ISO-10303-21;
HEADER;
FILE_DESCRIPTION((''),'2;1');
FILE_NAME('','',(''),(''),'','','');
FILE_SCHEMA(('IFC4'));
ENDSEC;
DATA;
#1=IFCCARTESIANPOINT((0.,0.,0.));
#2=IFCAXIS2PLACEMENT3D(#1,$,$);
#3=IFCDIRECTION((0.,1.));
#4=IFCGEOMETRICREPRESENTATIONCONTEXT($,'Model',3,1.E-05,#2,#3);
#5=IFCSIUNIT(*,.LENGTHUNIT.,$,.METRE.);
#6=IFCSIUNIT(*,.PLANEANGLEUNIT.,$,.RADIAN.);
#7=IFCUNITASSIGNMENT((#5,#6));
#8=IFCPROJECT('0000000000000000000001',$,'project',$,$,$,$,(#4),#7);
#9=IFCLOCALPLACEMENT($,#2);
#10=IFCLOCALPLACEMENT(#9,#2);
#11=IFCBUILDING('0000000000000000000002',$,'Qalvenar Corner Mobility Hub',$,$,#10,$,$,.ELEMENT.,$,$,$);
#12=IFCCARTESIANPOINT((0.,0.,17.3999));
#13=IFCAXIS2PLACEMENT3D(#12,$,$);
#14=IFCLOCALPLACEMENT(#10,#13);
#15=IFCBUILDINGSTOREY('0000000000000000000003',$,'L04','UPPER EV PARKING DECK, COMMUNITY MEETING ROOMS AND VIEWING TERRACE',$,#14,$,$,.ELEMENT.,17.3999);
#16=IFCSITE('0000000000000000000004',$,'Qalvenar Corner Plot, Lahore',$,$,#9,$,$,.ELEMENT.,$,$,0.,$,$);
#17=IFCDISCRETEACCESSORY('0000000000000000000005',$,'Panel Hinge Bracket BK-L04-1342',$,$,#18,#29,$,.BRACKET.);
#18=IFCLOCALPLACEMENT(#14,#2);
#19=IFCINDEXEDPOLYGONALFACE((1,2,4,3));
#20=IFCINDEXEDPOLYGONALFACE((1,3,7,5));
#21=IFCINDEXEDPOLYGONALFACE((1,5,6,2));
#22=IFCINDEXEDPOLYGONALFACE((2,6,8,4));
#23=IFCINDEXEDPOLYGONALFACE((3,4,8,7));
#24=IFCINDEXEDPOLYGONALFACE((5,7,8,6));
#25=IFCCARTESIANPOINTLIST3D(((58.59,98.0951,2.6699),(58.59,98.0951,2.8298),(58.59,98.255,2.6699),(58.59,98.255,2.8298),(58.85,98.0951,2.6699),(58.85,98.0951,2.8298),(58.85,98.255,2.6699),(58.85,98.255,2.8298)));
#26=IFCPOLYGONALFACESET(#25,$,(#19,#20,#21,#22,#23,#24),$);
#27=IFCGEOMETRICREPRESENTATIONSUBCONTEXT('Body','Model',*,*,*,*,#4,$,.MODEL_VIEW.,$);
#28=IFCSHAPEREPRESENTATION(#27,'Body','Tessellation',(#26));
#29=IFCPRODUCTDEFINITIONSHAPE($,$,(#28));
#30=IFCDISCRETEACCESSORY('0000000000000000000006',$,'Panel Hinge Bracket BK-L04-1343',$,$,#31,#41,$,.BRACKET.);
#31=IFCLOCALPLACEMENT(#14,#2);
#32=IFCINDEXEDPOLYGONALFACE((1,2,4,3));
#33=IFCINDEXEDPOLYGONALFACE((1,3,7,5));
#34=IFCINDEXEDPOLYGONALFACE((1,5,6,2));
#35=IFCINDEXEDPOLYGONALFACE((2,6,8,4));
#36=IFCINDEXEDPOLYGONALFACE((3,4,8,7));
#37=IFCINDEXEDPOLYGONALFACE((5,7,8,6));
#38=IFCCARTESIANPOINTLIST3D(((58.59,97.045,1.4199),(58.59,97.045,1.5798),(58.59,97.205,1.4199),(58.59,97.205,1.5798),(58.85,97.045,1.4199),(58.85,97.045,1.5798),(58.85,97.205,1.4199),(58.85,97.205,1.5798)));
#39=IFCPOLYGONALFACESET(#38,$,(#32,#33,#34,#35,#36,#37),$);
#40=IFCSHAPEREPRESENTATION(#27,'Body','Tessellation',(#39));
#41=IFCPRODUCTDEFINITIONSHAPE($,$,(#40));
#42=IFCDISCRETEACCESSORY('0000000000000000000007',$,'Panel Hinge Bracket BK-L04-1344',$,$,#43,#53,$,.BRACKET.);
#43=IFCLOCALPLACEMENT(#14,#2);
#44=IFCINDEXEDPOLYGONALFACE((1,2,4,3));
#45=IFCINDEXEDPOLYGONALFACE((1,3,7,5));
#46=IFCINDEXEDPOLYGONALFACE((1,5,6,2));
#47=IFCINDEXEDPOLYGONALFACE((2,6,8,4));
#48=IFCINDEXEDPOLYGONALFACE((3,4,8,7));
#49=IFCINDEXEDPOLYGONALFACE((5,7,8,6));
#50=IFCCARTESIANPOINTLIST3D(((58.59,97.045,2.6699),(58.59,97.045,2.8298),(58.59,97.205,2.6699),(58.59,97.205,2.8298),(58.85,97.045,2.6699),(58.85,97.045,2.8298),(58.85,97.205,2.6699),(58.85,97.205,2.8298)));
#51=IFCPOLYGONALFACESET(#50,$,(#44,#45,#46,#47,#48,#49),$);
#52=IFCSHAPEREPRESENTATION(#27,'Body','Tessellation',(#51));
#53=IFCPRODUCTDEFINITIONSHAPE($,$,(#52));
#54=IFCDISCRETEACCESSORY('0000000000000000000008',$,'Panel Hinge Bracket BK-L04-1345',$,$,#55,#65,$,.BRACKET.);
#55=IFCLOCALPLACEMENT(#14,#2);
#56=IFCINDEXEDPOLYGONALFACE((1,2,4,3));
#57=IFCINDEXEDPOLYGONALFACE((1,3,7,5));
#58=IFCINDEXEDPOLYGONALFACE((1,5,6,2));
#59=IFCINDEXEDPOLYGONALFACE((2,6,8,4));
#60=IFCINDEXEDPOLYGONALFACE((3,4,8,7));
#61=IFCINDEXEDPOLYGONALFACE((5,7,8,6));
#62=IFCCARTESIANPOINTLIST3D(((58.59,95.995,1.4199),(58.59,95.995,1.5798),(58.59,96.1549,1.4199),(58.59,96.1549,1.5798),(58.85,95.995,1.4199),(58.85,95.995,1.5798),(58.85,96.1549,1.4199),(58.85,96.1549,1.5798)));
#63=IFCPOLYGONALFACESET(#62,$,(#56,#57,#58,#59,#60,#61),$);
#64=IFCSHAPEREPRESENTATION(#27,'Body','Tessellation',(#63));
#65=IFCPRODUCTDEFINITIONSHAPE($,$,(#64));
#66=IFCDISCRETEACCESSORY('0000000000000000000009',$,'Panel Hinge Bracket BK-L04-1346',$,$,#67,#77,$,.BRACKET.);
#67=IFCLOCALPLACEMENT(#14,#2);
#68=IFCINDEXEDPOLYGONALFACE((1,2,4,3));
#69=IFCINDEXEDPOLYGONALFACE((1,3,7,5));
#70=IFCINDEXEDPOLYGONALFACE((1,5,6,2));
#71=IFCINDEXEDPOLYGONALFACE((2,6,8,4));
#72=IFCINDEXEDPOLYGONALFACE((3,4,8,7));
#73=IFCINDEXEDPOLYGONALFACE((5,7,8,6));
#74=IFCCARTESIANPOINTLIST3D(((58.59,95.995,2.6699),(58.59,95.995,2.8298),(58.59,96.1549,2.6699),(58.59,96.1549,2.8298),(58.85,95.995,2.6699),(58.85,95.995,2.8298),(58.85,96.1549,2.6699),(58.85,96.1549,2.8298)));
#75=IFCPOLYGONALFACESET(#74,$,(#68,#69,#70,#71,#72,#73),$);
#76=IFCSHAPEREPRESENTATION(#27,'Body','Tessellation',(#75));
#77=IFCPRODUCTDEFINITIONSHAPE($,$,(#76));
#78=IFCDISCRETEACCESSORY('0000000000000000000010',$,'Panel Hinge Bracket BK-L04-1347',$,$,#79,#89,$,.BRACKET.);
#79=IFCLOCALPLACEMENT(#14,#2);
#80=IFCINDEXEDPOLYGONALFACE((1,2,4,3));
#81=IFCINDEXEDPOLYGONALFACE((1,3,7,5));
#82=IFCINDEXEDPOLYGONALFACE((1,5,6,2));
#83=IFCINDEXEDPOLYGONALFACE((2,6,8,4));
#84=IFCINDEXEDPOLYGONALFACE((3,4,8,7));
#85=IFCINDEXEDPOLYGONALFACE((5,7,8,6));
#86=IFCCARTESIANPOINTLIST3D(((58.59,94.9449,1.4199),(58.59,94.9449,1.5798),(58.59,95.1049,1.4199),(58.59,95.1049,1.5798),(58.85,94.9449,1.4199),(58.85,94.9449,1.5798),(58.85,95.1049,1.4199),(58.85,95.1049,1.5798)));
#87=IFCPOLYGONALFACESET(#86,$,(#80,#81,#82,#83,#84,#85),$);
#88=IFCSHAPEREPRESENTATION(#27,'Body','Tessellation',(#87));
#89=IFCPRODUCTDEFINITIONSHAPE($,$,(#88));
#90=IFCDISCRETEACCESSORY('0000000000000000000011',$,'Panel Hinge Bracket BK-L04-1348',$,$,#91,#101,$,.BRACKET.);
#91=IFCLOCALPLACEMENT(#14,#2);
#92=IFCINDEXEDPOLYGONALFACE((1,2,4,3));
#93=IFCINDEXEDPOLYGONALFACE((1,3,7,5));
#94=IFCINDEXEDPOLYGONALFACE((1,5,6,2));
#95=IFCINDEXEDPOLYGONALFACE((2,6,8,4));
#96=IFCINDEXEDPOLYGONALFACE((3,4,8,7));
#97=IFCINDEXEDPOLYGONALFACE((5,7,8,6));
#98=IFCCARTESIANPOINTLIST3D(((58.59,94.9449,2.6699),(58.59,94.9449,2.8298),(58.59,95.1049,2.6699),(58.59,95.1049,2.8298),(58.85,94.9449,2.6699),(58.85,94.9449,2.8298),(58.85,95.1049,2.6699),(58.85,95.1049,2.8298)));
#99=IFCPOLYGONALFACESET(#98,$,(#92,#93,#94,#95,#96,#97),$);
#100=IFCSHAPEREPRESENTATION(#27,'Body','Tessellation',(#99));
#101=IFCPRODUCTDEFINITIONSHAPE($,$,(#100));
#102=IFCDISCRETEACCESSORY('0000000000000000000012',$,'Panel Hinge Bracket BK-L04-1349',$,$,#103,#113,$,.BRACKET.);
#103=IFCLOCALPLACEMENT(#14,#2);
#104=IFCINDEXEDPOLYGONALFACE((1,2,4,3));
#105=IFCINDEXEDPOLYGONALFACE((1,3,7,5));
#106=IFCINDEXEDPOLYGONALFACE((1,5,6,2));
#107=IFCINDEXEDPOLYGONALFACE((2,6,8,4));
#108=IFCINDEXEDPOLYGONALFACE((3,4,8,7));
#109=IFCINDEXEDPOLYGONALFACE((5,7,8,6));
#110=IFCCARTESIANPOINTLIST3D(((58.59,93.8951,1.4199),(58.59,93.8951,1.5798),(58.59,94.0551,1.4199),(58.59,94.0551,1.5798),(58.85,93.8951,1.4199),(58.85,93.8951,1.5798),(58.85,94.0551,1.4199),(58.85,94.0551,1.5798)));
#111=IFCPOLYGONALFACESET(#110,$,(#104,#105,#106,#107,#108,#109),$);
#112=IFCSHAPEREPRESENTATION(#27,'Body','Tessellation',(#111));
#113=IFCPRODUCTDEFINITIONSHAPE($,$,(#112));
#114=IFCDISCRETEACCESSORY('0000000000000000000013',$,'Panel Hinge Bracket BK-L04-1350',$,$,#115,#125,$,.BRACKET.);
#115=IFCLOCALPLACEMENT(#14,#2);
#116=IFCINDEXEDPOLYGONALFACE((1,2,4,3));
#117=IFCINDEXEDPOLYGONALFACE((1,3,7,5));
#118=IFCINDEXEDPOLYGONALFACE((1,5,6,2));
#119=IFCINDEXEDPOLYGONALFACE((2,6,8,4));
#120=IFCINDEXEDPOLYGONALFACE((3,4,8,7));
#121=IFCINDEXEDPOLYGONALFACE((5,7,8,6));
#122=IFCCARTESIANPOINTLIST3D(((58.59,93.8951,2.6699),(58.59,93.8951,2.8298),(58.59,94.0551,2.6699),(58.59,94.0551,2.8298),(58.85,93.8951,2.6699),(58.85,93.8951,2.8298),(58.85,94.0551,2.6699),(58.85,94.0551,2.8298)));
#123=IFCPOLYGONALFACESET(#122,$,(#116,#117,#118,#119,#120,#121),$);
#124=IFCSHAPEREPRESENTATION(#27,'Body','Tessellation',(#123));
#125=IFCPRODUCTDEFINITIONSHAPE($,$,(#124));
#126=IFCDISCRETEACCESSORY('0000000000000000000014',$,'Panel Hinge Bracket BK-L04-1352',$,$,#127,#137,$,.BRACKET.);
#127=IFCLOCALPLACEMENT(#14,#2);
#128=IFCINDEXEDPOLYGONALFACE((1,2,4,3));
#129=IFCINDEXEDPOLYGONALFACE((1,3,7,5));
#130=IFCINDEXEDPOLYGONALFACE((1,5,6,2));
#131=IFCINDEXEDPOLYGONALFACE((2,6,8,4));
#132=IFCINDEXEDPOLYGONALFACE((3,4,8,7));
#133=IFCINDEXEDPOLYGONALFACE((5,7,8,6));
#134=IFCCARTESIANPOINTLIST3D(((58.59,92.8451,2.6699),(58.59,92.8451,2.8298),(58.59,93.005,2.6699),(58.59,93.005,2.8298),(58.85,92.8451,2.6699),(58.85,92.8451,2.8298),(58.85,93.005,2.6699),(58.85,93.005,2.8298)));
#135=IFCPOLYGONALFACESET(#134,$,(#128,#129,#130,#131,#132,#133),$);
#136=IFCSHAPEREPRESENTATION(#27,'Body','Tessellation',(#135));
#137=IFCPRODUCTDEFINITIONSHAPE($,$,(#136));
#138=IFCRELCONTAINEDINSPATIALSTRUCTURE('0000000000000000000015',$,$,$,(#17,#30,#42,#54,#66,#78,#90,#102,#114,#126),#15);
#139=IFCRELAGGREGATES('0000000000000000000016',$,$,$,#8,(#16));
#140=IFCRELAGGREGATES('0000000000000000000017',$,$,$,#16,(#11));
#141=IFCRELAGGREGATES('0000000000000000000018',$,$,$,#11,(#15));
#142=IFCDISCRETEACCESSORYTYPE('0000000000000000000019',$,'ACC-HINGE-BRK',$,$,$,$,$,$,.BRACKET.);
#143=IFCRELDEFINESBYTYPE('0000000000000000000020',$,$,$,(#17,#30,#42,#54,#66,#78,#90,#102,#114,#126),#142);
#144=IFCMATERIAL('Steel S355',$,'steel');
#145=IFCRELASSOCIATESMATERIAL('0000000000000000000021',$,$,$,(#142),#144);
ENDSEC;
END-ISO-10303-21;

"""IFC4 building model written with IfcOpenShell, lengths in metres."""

from ifc_helpers import new_model, si_unit, direction, frame, origin, origin_2d, place, context, subcontext, project, spatial, rectangle, extrude, material, type_object, element, save


model = new_model("IFC4")

# Units and contexts
model_context = context("Model", 3, precision=1e-05, world=origin(), true_north=direction((0.0, 1.0)))
body_context = subcontext(model_context, "Body", "Model", "MODEL_VIEW")
ifc_project = project(units=[si_unit("LENGTHUNIT", "METRE"), si_unit("PLANEANGLEUNIT", "RADIAN")], contexts=[model_context])

# Site, building, storey
site_placement = place(None, origin())
site = spatial("IfcSite", under=ifc_project, at=site_placement, Name="Qalvenar Corner Plot, Lahore", CompositionType="ELEMENT", RefElevation=0.0)
building_placement = place(site_placement, origin())
building = spatial("IfcBuilding", under=site, at=building_placement, Name="Qalvenar Corner Mobility Hub", CompositionType="ELEMENT")
storey_placement = place(building_placement, frame((0.0, 0.0, 17.3999)))
storey = spatial("IfcBuildingStorey", under=building, at=storey_placement, Name="L04", Description="UPPER EV PARKING DECK, COMMUNITY MEETING ROOMS AND VIEWING TERRACE", CompositionType="ELEMENT", Elevation=17.3999)

# Discrete accessories
ifc_material_1 = material(Name="Steel S355", Category="steel")
discrete_accessory_type = type_object("IfcDiscreteAccessoryType", Name="ACC-HINGE-BRK", PredefinedType="BRACKET", material=ifc_material_1)
for number, where, z_axis, x_axis, name in (
    (1, (58.72, 98.175, 2.6699), (0.0, 0.0, 1.0), (0.0, -1.0, 0.0), "Panel Hinge Bracket BK-L04-1342"),
    (2, (58.72, 97.125, 1.4199), (0.0, 0.0, 1.0), (0.0, -1.0, 0.0), "Panel Hinge Bracket BK-L04-1343"),
    (3, (58.72, 97.125, 2.6699), (0.0, 0.0, 1.0), (0.0, -1.0, 0.0), "Panel Hinge Bracket BK-L04-1344"),
    (4, (58.72, 96.075, 1.4199), (0.0, 0.0, 1.0), (0.0, -1.0, 0.0), "Panel Hinge Bracket BK-L04-1345"),
    (5, (58.72, 96.075, 2.6699), (0.0, 0.0, 1.0), (0.0, -1.0, 0.0), "Panel Hinge Bracket BK-L04-1346"),
    (6, (58.72, 95.0249, 1.4199), (0.0, 0.0, 1.0), (0.0, -1.0, 0.0), "Panel Hinge Bracket BK-L04-1347"),
    (7, (58.72, 95.0249, 2.6699), (0.0, 0.0, 1.0), (0.0, -1.0, 0.0), "Panel Hinge Bracket BK-L04-1348"),
    (8, (58.72, 93.9751, 1.4199), (0.0, 0.0, 1.0), (0.0, -1.0, 0.0), "Panel Hinge Bracket BK-L04-1349"),
    (9, (58.72, 93.9751, 2.6699), (0.0, 0.0, 1.0), (0.0, -1.0, 0.0), "Panel Hinge Bracket BK-L04-1350"),
    (10, (58.72, 92.925, 2.6699), (0.0, 0.0, 1.0), (0.0, -1.0, 0.0), "Panel Hinge Bracket BK-L04-1352"),
):
    element("IfcDiscreteAccessory", number, at=place(storey_placement, frame(where, z_axis=z_axis, x_axis=x_axis)), inside=storey, type_object=discrete_accessory_type, Name=name, PredefinedType="BRACKET", context=body_context, shape_type="SweptSolid", body=[
        extrude(rectangle(XDim=0.1599, YDim=0.26, at=origin_2d()), origin(), (0.0, 0.0, 1.0), 0.1599),
    ])

save(model, "model.ifc")
